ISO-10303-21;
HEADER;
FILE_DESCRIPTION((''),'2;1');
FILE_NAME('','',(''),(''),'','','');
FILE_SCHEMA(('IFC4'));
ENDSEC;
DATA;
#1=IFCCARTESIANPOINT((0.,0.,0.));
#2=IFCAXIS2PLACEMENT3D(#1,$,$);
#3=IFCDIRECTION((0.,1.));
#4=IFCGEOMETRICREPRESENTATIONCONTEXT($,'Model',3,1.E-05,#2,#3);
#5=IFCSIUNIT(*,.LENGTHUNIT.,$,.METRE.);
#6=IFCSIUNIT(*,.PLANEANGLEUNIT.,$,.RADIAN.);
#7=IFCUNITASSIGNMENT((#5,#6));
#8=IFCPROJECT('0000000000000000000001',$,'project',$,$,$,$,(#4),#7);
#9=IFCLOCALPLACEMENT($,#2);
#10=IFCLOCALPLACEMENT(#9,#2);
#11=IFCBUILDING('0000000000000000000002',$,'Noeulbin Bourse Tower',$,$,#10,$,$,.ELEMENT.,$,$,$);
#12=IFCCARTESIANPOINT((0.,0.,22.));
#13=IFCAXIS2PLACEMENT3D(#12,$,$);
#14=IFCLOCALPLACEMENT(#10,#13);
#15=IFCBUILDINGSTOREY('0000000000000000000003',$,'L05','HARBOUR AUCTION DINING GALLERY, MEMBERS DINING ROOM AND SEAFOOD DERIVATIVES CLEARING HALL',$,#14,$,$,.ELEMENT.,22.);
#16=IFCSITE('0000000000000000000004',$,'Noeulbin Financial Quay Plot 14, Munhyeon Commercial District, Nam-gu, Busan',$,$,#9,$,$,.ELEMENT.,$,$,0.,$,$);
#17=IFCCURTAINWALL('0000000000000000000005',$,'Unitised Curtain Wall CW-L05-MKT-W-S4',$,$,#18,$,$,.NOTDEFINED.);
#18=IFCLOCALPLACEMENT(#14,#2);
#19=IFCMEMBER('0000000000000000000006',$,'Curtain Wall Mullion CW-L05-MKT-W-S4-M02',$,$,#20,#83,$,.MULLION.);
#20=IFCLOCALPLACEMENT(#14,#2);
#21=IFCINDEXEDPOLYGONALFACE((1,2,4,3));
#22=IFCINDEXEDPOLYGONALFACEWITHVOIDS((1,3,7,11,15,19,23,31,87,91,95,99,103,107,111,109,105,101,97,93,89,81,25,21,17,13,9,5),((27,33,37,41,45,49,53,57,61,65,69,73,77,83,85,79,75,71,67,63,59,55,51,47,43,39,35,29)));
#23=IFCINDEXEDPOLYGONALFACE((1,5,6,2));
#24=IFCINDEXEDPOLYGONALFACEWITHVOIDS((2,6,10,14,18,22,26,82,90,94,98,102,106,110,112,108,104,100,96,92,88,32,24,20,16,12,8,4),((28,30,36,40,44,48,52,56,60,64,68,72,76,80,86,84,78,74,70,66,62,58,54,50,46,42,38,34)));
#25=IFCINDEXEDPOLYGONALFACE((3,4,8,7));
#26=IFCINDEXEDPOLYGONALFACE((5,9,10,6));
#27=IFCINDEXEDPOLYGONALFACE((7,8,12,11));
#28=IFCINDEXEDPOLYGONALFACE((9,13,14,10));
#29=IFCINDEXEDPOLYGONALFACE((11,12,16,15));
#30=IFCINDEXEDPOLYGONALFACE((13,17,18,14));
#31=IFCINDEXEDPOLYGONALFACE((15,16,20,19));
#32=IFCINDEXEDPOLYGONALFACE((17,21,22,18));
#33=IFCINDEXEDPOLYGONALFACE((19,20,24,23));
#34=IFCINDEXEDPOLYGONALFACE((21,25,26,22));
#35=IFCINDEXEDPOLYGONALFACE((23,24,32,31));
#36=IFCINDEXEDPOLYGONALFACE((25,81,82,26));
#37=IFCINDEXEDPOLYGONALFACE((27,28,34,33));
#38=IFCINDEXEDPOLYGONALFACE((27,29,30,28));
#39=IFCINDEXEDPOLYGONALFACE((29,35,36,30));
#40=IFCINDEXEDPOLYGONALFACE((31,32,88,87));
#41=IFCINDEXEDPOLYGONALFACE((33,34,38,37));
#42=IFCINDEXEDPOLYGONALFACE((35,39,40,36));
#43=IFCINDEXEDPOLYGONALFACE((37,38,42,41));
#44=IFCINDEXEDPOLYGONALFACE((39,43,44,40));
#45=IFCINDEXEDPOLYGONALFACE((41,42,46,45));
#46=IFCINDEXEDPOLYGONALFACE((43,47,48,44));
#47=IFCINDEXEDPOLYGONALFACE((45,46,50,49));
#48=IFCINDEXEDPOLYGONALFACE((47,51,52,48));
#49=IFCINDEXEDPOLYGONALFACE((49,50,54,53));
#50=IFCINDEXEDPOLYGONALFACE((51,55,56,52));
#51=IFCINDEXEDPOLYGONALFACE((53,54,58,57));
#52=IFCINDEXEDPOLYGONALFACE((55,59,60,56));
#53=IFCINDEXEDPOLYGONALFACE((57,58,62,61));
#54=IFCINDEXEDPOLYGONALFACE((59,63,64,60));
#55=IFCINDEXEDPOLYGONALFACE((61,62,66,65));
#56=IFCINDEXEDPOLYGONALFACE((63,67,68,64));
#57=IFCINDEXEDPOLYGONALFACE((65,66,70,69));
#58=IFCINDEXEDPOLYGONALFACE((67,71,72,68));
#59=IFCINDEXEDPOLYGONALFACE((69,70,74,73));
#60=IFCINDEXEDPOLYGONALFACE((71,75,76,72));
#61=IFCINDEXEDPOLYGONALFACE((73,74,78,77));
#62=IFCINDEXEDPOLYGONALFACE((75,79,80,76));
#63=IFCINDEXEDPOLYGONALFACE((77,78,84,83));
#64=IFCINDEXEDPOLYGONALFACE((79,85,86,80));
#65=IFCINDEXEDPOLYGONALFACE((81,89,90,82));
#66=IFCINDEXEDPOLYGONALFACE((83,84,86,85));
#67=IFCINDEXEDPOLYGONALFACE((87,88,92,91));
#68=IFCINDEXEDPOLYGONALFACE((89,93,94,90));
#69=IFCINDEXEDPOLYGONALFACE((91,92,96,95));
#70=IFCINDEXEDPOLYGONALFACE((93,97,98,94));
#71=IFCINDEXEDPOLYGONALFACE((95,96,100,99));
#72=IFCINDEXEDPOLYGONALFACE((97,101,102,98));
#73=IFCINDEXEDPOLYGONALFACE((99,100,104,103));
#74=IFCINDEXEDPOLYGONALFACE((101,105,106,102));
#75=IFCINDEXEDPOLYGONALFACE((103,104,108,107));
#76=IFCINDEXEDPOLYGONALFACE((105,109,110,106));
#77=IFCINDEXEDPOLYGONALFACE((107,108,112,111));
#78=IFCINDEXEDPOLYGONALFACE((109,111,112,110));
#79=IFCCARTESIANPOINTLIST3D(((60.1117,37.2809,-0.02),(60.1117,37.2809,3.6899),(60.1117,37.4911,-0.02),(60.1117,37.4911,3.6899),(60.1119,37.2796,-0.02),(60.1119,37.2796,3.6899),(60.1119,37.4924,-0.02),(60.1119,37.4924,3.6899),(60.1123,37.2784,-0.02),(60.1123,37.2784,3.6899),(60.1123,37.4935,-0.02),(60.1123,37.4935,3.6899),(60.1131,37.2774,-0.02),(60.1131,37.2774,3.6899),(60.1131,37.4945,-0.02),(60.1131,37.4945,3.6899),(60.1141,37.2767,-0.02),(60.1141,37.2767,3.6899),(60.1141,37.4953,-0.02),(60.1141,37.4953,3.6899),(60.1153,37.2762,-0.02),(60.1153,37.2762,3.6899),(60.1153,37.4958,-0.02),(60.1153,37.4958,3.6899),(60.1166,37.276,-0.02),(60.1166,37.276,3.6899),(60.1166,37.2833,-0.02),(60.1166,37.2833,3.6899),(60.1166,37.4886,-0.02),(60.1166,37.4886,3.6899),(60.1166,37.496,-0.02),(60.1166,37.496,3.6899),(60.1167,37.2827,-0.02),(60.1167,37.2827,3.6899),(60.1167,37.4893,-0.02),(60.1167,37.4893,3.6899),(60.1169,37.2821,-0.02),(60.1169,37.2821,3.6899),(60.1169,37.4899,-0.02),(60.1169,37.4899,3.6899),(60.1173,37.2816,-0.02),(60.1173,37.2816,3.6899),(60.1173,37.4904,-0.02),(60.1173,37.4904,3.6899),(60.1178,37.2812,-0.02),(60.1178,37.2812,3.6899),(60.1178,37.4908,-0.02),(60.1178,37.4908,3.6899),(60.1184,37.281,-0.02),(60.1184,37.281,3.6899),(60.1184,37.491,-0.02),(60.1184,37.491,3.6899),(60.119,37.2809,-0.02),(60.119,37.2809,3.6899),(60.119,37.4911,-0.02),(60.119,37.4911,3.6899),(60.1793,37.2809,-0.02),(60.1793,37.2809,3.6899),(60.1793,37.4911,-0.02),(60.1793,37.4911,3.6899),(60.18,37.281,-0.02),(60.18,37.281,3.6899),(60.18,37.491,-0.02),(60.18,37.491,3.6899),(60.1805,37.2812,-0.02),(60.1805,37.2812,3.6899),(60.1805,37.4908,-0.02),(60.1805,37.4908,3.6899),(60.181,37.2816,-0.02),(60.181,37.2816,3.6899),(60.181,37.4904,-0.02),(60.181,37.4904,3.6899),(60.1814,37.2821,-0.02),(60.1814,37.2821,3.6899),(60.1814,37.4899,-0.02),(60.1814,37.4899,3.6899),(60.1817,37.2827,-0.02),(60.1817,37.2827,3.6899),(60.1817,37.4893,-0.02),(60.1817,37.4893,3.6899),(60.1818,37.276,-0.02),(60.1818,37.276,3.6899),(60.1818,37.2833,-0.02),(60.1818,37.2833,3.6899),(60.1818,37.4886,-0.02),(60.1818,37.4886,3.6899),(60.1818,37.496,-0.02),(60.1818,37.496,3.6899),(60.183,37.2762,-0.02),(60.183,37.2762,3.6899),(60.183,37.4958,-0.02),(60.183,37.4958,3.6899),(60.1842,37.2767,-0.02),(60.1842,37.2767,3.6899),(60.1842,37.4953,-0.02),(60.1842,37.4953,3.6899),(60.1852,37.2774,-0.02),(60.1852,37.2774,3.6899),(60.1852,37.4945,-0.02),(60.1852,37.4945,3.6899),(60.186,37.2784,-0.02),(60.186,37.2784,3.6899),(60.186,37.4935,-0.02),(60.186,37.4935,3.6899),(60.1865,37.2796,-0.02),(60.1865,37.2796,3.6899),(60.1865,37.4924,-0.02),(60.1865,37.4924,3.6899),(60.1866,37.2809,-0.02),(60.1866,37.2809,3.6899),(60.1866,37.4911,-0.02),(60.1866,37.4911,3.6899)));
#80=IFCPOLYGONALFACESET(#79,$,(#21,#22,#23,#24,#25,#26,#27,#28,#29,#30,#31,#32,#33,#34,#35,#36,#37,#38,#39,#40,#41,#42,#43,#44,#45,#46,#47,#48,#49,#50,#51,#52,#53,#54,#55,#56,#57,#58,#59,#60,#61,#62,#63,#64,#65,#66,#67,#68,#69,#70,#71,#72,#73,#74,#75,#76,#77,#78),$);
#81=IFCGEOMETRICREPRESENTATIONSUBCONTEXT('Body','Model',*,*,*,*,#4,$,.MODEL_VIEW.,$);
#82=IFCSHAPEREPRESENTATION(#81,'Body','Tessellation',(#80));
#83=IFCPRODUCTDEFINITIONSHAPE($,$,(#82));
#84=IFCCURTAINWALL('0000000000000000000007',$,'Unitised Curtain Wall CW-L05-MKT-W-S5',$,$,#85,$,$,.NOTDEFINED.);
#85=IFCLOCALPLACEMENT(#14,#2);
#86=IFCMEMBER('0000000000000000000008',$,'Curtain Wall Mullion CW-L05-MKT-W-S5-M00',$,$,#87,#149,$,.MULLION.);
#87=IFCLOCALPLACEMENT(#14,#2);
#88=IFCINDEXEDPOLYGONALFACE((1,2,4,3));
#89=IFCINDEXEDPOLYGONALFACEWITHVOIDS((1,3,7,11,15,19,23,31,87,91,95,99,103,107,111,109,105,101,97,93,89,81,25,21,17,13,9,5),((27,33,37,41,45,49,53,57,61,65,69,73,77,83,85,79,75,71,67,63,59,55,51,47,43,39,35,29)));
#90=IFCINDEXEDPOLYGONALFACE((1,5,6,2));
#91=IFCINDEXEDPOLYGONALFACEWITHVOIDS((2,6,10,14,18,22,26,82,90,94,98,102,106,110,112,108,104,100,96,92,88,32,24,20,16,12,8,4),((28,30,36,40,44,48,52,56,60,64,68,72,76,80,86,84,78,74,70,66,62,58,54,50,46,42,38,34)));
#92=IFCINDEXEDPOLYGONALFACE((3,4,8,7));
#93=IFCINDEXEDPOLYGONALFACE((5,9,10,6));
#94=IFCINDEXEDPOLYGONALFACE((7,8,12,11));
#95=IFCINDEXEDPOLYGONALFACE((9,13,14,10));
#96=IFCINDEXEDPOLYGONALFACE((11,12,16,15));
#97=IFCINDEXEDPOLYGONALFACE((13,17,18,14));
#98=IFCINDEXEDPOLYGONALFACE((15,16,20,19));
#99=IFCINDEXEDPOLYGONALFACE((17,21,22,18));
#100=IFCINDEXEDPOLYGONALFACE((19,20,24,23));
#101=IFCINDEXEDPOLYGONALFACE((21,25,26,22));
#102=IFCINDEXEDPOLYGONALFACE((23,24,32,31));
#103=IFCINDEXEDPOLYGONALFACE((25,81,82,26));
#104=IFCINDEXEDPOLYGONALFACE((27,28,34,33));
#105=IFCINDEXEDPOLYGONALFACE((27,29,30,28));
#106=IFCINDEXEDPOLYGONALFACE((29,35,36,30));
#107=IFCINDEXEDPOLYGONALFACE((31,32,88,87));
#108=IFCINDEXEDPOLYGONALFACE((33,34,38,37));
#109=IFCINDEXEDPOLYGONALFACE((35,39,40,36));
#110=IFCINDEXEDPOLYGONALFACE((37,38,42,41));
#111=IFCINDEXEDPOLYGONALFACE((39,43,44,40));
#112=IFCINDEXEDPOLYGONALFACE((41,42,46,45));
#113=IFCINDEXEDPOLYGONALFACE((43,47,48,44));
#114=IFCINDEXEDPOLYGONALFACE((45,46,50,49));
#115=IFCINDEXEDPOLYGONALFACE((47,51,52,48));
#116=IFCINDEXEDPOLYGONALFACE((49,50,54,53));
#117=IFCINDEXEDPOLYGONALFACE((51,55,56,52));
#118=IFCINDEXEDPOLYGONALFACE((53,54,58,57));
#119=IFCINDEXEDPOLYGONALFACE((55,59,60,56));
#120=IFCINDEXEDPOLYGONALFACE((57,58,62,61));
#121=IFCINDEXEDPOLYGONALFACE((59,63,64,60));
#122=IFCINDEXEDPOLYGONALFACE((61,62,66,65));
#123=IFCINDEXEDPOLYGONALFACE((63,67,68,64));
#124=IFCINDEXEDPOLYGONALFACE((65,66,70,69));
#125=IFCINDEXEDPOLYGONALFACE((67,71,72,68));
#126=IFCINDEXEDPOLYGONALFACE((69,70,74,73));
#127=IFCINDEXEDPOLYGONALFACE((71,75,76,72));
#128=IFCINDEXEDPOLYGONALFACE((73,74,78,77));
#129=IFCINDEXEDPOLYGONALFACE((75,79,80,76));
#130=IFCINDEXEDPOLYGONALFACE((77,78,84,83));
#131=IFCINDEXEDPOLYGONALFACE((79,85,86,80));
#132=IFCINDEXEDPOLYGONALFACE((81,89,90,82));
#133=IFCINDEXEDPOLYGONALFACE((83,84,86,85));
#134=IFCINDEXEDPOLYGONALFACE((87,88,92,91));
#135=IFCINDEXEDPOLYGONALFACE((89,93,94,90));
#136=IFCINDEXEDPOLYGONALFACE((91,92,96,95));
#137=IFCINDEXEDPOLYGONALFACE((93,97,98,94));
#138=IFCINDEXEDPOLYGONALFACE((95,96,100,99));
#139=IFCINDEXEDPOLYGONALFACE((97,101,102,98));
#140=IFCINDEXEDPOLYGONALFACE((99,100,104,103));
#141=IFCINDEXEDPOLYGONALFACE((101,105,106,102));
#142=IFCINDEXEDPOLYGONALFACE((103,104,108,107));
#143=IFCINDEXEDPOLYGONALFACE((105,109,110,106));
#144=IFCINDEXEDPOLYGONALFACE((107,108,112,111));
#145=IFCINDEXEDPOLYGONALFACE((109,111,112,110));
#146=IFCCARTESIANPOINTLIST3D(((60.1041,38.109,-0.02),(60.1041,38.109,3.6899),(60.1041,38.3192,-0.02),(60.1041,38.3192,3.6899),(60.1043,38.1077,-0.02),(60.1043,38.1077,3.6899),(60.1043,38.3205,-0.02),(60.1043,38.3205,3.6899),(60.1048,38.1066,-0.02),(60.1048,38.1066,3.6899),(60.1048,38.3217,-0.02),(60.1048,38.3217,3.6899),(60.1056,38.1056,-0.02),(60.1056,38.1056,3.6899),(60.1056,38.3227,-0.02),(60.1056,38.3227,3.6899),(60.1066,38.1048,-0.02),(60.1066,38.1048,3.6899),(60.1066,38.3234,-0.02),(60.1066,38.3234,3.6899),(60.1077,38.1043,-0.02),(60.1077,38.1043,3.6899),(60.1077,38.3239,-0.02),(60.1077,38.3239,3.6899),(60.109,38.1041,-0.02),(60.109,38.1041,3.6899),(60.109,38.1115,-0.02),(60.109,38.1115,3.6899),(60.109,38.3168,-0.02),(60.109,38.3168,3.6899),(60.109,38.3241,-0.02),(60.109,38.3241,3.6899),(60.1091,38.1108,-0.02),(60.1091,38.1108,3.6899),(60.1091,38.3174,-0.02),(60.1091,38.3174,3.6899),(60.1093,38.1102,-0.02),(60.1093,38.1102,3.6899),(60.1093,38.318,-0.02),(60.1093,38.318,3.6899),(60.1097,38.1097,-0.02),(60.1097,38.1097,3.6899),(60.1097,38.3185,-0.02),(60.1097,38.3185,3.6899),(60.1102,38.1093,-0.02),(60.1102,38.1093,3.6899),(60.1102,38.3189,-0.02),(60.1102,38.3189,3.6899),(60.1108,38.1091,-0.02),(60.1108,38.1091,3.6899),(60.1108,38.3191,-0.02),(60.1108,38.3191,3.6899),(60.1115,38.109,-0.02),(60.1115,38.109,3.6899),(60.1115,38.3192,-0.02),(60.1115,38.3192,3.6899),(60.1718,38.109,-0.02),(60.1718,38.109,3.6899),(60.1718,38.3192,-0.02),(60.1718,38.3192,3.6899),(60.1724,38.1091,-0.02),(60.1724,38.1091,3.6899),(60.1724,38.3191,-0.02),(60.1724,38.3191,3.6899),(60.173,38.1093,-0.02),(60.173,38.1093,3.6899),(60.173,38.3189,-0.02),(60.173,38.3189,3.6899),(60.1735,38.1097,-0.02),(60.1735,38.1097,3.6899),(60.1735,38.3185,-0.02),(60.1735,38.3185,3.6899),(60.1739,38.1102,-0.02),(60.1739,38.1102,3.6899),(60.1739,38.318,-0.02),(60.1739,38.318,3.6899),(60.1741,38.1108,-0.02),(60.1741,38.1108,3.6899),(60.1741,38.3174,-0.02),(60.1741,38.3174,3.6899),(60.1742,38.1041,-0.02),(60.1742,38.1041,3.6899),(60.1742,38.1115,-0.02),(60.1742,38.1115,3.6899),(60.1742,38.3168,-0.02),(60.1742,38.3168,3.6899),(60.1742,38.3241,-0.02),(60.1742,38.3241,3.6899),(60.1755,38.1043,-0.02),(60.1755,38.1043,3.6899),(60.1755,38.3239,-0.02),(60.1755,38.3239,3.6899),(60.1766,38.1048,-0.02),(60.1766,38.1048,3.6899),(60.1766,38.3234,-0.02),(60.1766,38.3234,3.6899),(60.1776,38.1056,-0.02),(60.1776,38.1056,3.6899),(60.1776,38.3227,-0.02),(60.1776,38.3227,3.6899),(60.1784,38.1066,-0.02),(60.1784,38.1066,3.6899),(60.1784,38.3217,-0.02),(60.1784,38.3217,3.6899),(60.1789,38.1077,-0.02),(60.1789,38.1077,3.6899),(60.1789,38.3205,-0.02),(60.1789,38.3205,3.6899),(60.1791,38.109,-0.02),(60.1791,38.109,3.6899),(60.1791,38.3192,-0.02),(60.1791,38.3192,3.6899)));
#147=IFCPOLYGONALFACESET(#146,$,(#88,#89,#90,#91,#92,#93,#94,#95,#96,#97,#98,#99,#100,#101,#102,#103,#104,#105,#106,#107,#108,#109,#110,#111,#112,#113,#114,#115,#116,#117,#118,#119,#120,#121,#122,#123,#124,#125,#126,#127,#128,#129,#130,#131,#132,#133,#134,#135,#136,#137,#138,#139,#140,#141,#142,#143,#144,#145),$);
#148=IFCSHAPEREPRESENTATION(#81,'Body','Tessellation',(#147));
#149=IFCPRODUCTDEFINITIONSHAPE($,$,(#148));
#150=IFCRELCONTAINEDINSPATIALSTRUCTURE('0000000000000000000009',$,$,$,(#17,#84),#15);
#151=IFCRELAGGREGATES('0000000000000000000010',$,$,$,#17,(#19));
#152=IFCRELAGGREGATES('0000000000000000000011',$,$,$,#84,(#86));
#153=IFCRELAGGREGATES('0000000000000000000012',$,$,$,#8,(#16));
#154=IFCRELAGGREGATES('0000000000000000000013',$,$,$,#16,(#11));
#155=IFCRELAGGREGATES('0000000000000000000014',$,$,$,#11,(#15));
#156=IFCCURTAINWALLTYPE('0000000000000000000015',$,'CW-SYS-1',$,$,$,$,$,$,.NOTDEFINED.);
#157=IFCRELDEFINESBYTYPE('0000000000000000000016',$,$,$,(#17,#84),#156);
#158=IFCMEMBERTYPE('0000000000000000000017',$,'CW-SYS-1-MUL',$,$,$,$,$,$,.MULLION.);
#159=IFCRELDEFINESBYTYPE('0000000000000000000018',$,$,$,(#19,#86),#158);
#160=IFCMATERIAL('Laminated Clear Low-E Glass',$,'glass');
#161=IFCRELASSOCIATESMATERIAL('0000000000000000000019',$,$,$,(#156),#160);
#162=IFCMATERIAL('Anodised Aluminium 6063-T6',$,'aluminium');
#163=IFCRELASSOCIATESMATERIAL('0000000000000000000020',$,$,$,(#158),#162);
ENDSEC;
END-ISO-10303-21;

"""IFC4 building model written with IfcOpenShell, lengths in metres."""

from ifc_helpers import new_model, si_unit, direction, frame, origin, origin_2d, place, context, subcontext, project, spatial, hollow_rectangle, extrude, material, material_profile, profile_set, type_object, element, aggregate, save


model = new_model("IFC4")

# Units and contexts
model_context = context("Model", 3, precision=1e-05, world=origin(), true_north=direction((0.0, 1.0)))
body_context = subcontext(model_context, "Body", "Model", "MODEL_VIEW")
ifc_project = project(units=[si_unit("LENGTHUNIT", "METRE"), si_unit("PLANEANGLEUNIT", "RADIAN")], contexts=[model_context])

# Site, building, storey
site_placement = place(None, origin())
site = spatial("IfcSite", under=ifc_project, at=site_placement, Name="Noeulbin Financial Quay Plot 14, Munhyeon Commercial District, Nam-gu, Busan", CompositionType="ELEMENT", RefElevation=0.0)
building_placement = place(site_placement, origin())
building = spatial("IfcBuilding", under=site, at=building_placement, Name="Noeulbin Bourse Tower", CompositionType="ELEMENT")
storey_placement = place(building_placement, frame((0.0, 0.0, 22.0)))
storey = spatial("IfcBuildingStorey", under=building, at=storey_placement, Name="L05", Description="HARBOUR AUCTION DINING GALLERY, MEMBERS DINING ROOM AND SEAFOOD DERIVATIVES CLEARING HALL", CompositionType="ELEMENT", Elevation=22.0)

# Curtain walls, members
ifc_material_1 = material(Name="Laminated Clear Low-E Glass", Category="glass")
curtain_wall_type_1 = type_object("IfcCurtainWallType", Name="CW-SYS-1", PredefinedType="NOTDEFINED", material=ifc_material_1)
curtain_wall_1_placement = place(storey_placement, origin())
curtain_wall_1 = element("IfcCurtainWall", 1, at=curtain_wall_1_placement, inside=storey, type_object=curtain_wall_type_1, Name="Unitised Curtain Wall CW-L05-MKT-W-S4", PredefinedType="NOTDEFINED")
ifc_material_2 = material(Name="Anodised Aluminium 6063-T6", Category="aluminium")
ifc_material_profile_1 = material_profile(ifc_material_2, hollow_rectangle(XDim=0.075, YDim=0.22, WallThickness=0.0049, InnerFilletRadius=0.0024, OuterFilletRadius=0.0049, at=origin_2d()), Name="ALU-MULL-75x220x5", Category="LoadBearing")
ifc_profile_set_1 = profile_set([ifc_material_profile_1], Name="Anodised Aluminium 6063-T6")
member_type_1 = type_object("IfcMemberType", Name="CW-SYS-1-MUL", PredefinedType="MULLION", material=ifc_profile_set_1)
member_1_placement = place(storey_placement, frame((60.1492, 37.386, -0.02), z_axis=(0.0, 0.0, 1.0), x_axis=(1.0, 0.0, 0.0)))
member_1 = element("IfcMember", 2, at=member_1_placement, type_object=member_type_1, Name="Curtain Wall Mullion CW-L05-MKT-W-S4-M02", PredefinedType="MULLION", context=body_context, shape_type="SweptSolid", body=[
    extrude(hollow_rectangle(XDim=0.075, YDim=0.22, WallThickness=0.0049, InnerFilletRadius=0.0024, OuterFilletRadius=0.0049, at=origin_2d()), origin(), (0.0, 0.0, 1.0), 3.71),
])
curtain_wall_2_placement = place(storey_placement, origin())
curtain_wall_2 = element("IfcCurtainWall", 3, at=curtain_wall_2_placement, inside=storey, type_object=curtain_wall_type_1, Name="Unitised Curtain Wall CW-L05-MKT-W-S5", PredefinedType="NOTDEFINED")
member_2_placement = place(storey_placement, frame((60.1416, 38.2141, -0.02), z_axis=(0.0, 0.0, 1.0), x_axis=(1.0, 0.0, 0.0)))
member_2 = element("IfcMember", 4, at=member_2_placement, type_object=member_type_1, Name="Curtain Wall Mullion CW-L05-MKT-W-S5-M00", PredefinedType="MULLION", context=body_context, shape_type="SweptSolid", body=[
    extrude(hollow_rectangle(XDim=0.075, YDim=0.22, WallThickness=0.0049, InnerFilletRadius=0.0024, OuterFilletRadius=0.0049, at=origin_2d()), origin(), (0.0, 0.0, 1.0), 3.71),
])

aggregate(curtain_wall_1, [member_1])
aggregate(curtain_wall_2, [member_2])

save(model, "model.ifc")
